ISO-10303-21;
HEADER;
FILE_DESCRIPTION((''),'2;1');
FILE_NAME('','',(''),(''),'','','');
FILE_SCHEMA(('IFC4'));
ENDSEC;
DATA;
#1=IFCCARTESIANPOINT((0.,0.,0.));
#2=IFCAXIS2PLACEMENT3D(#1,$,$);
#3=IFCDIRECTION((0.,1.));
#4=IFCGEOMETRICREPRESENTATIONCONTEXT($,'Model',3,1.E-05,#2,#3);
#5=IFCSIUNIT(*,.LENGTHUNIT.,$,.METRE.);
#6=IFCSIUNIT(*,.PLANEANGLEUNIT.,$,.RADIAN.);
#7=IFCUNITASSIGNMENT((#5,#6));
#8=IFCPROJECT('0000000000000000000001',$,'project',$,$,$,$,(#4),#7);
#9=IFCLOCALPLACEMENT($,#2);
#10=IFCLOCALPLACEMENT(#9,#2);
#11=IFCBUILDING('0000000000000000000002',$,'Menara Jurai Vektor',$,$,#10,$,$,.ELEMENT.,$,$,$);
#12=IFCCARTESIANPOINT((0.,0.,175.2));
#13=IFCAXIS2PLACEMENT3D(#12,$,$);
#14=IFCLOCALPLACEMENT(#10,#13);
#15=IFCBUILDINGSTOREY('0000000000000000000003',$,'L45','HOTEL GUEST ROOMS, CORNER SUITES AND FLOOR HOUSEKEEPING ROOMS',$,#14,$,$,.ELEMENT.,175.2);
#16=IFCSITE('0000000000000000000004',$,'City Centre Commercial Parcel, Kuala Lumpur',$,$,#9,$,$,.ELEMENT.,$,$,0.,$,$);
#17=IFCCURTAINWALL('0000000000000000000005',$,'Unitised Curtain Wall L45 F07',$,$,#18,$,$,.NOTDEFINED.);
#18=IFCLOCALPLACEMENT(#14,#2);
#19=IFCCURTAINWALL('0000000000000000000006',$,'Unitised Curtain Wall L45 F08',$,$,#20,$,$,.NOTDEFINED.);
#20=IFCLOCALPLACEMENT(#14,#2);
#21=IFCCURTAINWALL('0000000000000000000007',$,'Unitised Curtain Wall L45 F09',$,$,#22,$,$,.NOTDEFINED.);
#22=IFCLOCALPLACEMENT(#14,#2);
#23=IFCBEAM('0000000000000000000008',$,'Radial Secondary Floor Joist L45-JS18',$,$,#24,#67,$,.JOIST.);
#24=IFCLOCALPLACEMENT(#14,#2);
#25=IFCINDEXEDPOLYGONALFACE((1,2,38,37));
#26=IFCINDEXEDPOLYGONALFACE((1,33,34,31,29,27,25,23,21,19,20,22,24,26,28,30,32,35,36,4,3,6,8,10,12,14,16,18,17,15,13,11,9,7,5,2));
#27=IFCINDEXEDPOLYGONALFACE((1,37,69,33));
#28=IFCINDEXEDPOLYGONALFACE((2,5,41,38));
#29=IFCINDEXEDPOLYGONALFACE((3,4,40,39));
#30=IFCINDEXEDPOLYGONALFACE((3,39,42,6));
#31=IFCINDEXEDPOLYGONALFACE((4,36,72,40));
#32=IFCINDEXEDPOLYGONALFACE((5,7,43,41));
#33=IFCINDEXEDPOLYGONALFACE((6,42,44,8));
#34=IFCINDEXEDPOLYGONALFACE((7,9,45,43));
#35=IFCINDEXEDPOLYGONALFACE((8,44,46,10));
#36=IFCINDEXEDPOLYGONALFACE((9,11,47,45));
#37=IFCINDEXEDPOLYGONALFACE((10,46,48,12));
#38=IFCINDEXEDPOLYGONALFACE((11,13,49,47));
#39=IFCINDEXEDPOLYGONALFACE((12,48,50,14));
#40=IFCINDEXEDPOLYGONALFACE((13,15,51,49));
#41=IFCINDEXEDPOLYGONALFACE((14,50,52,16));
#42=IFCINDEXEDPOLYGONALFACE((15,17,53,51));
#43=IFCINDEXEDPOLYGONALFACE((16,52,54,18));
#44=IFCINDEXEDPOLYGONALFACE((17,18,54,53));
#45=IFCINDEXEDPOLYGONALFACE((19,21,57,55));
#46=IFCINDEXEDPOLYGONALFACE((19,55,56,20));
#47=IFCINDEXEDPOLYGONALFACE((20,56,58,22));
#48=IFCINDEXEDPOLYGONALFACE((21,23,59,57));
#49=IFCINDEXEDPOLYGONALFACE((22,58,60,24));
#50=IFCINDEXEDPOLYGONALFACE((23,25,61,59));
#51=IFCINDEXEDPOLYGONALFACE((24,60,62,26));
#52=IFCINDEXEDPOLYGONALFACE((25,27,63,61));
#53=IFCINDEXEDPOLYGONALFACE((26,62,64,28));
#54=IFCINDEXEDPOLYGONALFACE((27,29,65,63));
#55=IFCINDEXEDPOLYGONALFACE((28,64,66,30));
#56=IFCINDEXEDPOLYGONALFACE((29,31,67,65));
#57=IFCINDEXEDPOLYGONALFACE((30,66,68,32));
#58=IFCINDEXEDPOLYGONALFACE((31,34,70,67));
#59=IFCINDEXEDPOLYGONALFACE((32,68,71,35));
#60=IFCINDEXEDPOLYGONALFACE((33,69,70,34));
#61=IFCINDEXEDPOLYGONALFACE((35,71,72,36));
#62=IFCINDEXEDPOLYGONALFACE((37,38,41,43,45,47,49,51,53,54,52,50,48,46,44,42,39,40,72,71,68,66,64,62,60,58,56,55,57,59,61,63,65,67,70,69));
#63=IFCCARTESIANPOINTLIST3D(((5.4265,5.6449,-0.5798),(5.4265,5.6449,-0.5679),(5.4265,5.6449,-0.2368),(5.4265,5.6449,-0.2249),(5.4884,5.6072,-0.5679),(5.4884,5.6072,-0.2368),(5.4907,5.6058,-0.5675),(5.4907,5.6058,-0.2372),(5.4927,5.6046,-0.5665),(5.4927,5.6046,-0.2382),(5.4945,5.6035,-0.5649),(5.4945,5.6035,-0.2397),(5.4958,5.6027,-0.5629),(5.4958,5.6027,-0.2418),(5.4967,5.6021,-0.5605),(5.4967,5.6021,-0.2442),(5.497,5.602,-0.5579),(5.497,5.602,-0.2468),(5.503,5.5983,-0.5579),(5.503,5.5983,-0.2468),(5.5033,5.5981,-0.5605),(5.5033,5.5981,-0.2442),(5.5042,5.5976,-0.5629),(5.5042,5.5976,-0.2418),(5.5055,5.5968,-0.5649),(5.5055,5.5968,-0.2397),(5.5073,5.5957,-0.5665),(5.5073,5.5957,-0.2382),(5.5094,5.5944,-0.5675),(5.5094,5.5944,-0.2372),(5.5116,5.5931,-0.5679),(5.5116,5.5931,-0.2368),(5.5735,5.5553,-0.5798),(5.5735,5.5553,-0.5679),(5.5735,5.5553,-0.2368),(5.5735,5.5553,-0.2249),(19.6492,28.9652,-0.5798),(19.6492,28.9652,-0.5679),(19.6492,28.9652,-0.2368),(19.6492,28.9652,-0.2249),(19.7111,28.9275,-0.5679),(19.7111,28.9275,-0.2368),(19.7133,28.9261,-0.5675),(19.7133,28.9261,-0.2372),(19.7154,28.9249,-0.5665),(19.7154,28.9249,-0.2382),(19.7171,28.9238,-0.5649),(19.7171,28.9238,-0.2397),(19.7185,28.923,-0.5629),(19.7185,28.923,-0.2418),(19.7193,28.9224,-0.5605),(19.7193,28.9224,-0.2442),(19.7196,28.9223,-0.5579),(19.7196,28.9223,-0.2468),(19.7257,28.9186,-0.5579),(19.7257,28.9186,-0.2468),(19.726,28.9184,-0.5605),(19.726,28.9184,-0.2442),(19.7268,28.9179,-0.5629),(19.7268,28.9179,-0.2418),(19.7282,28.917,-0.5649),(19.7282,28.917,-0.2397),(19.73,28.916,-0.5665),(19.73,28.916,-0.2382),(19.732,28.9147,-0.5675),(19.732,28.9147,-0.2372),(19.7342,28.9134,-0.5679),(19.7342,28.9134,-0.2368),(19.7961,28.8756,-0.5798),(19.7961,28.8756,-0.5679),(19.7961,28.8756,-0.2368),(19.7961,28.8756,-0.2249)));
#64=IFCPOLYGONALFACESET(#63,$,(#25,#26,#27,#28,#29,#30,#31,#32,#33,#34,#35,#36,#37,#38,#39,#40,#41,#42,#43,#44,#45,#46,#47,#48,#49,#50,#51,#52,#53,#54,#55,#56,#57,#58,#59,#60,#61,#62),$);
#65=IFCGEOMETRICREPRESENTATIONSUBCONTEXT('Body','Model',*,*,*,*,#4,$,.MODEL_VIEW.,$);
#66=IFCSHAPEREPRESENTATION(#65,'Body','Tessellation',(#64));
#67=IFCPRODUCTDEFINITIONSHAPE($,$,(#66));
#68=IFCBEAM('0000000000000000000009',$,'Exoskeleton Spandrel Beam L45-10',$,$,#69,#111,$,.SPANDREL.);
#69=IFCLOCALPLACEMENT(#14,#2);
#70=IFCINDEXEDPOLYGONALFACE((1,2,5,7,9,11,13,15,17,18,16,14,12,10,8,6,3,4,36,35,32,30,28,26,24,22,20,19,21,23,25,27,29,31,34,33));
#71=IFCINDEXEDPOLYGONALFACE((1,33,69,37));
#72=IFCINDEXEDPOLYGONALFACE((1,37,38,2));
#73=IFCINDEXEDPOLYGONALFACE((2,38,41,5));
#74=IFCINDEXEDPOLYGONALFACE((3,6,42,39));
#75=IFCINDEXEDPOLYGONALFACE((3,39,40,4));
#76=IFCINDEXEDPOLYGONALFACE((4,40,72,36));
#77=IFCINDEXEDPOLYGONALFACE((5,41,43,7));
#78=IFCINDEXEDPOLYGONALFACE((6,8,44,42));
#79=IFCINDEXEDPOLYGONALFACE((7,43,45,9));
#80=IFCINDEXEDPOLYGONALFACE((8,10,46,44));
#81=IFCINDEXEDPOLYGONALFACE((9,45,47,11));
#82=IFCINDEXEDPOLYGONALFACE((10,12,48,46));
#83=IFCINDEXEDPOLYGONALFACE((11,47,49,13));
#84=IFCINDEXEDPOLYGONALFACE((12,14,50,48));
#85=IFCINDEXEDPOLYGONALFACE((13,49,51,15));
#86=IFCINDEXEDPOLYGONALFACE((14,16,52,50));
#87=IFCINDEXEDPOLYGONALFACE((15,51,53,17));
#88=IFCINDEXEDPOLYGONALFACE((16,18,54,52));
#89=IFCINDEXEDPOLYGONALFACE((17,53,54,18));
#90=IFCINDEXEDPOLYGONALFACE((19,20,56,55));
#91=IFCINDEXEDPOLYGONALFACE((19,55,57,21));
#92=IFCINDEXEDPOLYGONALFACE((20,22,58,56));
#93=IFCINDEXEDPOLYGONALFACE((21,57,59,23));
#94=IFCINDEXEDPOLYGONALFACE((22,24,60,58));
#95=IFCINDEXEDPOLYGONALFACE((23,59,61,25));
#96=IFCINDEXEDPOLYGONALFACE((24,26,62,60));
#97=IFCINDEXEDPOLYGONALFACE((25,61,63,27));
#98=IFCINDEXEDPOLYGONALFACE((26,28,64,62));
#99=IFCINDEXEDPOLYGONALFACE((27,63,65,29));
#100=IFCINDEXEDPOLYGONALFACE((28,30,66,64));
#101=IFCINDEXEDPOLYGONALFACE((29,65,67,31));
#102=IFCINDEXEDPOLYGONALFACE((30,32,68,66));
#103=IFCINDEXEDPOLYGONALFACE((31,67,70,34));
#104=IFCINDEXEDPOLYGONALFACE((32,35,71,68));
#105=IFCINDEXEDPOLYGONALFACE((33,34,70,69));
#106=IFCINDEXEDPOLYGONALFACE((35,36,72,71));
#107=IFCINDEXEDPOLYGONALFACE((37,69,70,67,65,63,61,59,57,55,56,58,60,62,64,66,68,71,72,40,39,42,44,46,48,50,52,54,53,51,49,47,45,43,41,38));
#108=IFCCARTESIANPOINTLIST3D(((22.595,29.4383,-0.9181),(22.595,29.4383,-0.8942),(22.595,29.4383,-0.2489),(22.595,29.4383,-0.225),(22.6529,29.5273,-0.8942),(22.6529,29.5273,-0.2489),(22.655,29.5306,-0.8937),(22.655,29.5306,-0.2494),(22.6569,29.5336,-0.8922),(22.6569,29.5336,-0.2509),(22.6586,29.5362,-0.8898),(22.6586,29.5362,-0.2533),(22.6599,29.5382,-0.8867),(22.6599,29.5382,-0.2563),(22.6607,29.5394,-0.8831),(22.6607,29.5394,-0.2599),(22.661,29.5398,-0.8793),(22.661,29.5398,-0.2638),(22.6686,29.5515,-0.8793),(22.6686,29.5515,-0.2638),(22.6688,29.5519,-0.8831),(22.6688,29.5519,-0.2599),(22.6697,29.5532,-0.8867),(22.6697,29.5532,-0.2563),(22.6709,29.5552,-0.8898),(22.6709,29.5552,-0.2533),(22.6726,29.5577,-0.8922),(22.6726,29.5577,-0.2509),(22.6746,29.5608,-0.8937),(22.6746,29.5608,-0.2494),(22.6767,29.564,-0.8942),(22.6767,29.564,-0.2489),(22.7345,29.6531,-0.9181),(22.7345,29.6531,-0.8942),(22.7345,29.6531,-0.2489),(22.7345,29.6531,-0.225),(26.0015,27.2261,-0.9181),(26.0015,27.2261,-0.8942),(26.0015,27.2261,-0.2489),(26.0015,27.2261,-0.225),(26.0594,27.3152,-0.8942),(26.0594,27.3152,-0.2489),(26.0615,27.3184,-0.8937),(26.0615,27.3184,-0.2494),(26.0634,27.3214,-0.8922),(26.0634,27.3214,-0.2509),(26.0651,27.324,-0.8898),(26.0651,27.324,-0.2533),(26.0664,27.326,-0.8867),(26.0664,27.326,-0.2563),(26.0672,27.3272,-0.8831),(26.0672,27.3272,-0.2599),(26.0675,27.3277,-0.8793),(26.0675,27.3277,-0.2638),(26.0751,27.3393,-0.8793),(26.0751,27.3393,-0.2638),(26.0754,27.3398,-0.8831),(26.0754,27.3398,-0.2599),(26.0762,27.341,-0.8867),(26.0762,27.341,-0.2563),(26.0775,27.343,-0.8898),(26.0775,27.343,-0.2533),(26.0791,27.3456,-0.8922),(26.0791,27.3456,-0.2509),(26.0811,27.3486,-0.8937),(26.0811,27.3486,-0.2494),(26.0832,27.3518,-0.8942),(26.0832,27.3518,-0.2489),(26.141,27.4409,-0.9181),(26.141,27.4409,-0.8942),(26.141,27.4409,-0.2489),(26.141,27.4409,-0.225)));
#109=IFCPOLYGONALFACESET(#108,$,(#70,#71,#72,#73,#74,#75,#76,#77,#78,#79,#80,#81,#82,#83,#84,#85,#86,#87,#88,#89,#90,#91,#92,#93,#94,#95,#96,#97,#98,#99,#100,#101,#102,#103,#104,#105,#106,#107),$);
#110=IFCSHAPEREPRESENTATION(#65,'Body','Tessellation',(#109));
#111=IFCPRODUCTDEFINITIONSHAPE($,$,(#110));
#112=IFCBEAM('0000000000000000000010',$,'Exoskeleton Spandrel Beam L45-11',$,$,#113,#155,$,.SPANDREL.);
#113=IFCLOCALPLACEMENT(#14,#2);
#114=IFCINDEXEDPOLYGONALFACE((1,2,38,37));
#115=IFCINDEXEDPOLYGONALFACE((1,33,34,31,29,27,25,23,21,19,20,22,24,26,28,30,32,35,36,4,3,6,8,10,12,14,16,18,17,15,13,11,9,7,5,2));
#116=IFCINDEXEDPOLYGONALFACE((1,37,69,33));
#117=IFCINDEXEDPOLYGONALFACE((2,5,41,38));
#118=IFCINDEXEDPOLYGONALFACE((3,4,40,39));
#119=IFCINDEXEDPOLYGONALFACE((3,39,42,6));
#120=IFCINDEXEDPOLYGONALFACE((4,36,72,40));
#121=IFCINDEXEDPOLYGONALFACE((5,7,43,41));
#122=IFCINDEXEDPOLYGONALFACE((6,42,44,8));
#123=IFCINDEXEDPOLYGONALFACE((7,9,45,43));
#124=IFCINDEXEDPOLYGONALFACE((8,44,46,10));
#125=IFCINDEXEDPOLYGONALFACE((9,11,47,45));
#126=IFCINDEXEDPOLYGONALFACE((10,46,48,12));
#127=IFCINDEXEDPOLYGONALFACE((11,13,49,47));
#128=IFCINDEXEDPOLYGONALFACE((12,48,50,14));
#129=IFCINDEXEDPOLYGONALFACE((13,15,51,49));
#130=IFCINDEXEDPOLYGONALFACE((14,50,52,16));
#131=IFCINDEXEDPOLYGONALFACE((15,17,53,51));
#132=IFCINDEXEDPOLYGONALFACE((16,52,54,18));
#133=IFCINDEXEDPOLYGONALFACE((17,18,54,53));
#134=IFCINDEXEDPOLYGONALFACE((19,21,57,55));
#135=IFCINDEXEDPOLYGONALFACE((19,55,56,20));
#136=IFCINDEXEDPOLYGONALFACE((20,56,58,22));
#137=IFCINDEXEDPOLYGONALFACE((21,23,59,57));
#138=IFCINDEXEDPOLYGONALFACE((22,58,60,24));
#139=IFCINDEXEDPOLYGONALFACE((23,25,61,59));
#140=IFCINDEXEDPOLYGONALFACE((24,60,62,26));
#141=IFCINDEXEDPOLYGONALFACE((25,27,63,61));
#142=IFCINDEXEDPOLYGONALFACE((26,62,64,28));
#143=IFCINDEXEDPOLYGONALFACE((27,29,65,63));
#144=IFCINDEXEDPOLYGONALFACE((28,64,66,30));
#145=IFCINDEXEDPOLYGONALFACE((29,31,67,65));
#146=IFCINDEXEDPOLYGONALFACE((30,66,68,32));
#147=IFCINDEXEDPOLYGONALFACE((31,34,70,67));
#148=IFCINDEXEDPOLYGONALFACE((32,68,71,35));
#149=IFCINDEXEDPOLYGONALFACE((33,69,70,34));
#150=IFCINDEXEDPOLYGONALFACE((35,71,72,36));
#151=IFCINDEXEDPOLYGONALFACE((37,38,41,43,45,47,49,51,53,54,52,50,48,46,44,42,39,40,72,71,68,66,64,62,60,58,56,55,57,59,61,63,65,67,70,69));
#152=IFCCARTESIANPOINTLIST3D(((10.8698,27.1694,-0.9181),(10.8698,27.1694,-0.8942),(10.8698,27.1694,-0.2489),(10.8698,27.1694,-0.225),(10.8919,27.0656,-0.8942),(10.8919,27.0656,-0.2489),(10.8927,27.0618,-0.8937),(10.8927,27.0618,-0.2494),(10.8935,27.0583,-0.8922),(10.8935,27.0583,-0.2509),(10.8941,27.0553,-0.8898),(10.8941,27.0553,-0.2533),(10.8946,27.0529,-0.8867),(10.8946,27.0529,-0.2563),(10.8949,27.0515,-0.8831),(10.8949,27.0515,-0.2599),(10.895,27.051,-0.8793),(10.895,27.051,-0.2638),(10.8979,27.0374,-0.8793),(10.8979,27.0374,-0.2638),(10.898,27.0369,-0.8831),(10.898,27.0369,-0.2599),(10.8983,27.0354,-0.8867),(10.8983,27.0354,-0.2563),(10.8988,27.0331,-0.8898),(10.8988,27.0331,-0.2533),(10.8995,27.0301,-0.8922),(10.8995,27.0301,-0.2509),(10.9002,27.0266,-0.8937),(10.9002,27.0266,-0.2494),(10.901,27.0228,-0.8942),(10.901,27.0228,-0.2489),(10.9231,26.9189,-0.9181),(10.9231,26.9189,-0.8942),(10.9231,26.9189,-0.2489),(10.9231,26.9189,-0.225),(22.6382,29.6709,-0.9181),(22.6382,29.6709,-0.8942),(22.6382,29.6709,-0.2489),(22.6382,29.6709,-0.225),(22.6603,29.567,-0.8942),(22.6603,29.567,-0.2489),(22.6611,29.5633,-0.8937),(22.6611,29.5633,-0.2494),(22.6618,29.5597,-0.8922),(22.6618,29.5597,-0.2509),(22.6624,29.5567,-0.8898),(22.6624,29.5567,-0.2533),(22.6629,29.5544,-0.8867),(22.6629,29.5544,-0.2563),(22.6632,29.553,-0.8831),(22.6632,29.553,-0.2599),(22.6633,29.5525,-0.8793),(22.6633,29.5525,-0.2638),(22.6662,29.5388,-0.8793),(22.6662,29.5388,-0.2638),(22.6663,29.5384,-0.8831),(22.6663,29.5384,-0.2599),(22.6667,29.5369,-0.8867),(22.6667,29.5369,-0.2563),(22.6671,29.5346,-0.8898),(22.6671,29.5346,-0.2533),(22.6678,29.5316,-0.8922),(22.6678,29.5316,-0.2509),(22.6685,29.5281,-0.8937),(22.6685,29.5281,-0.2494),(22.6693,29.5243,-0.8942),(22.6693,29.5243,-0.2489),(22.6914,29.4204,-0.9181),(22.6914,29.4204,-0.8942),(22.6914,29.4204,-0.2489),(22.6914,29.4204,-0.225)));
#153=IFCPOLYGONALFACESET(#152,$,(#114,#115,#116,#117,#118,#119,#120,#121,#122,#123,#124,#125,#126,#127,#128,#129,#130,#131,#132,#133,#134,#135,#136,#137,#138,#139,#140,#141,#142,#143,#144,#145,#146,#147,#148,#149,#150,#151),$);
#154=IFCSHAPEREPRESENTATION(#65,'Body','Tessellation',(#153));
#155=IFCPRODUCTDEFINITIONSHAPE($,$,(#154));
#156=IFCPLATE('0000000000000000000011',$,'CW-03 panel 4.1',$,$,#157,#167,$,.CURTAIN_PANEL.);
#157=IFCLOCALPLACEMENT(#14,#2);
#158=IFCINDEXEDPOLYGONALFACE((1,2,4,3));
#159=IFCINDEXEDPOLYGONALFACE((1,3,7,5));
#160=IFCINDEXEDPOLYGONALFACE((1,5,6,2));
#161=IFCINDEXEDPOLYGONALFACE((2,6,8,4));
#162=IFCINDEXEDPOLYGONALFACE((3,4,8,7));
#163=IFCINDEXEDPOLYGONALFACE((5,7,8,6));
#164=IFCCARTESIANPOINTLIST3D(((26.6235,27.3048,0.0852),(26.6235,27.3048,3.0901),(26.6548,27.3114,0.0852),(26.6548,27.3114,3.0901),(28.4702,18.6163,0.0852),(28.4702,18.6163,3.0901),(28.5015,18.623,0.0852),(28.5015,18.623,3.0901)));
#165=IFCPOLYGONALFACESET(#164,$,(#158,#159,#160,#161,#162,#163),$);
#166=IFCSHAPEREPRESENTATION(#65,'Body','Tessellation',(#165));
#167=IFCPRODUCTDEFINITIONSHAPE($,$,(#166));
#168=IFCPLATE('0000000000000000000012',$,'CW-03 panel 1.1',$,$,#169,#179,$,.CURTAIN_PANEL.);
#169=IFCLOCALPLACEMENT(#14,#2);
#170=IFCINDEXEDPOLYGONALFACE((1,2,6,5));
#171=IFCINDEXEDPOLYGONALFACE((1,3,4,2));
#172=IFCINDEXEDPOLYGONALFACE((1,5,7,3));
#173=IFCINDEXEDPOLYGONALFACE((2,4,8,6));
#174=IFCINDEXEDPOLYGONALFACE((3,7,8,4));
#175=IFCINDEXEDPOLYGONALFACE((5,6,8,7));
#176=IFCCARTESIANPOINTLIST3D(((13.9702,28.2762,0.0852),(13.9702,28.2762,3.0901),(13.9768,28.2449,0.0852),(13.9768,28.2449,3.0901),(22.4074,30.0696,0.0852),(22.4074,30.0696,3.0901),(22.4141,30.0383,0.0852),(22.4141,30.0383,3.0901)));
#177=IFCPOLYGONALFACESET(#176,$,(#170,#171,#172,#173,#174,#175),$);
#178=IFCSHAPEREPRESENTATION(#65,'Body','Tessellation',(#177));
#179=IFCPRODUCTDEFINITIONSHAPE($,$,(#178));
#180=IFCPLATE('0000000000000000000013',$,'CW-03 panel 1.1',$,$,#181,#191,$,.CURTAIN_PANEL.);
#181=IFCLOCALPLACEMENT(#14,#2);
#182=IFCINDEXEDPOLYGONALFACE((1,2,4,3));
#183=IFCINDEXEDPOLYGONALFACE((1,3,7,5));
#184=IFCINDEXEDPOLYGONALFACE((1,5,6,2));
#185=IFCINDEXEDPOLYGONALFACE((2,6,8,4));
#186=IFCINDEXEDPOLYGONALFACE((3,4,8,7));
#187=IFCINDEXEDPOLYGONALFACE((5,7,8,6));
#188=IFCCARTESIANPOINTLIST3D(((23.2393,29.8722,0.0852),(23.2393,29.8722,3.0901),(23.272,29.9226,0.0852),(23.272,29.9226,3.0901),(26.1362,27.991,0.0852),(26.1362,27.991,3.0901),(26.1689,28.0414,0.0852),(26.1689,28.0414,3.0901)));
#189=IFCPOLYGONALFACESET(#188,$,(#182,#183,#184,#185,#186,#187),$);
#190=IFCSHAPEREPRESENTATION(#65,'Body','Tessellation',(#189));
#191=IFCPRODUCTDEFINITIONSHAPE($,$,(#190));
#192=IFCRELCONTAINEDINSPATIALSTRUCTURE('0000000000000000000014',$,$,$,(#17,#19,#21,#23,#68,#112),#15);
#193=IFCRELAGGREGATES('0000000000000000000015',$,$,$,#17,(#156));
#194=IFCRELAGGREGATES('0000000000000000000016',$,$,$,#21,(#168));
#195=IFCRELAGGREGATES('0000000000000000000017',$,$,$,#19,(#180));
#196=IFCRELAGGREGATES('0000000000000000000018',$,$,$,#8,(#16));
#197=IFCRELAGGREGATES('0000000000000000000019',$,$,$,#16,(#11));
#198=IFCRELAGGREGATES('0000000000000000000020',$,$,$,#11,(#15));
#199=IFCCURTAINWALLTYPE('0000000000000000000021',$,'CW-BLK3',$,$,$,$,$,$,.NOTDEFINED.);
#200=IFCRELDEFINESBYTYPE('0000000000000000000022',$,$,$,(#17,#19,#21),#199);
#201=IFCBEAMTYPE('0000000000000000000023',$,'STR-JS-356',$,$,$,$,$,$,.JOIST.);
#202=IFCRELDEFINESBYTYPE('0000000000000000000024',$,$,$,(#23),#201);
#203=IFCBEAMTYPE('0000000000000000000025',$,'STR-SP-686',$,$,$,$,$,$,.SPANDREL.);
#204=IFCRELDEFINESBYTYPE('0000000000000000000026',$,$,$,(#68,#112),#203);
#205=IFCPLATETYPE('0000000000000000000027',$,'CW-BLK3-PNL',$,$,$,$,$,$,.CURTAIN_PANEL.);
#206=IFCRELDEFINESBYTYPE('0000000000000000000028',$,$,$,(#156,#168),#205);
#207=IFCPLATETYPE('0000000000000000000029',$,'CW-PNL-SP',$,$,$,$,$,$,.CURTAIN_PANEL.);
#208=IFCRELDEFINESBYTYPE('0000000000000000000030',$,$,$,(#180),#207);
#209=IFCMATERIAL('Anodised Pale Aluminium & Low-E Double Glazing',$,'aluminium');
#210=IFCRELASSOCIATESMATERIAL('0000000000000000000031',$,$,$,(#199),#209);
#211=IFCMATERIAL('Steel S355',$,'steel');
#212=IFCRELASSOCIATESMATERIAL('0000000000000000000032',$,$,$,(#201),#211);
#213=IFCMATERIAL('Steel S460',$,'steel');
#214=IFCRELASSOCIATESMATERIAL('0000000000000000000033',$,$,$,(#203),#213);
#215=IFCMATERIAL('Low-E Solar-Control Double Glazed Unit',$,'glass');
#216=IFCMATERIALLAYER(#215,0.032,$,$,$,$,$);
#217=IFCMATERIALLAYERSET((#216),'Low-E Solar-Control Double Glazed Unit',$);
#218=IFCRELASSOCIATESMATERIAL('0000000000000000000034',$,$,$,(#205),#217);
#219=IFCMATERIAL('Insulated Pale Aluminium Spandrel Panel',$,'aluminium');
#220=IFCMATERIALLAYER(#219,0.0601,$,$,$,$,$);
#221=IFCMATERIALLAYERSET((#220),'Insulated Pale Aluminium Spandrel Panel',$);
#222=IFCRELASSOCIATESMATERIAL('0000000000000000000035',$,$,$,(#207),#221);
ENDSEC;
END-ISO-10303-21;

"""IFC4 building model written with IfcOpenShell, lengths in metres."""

from ifc_helpers import new_model, si_unit, direction, frame, origin, origin_2d, place, context, subcontext, project, spatial, rectangle, i_section, extrude, material, layer, layer_set, material_profile, profile_set, type_object, element, aggregate, save


model = new_model("IFC4")

# Units and contexts
model_context = context("Model", 3, precision=1e-05, world=origin(), true_north=direction((0.0, 1.0)))
body_context = subcontext(model_context, "Body", "Model", "MODEL_VIEW")
ifc_project = project(units=[si_unit("LENGTHUNIT", "METRE"), si_unit("PLANEANGLEUNIT", "RADIAN")], contexts=[model_context])

# Site, building, storey
site_placement = place(None, origin())
site = spatial("IfcSite", under=ifc_project, at=site_placement, Name="City Centre Commercial Parcel, Kuala Lumpur", CompositionType="ELEMENT", RefElevation=0.0)
building_placement = place(site_placement, origin())
building = spatial("IfcBuilding", under=site, at=building_placement, Name="Menara Jurai Vektor", CompositionType="ELEMENT")
storey_placement = place(building_placement, frame((0.0, 0.0, 175.2)))
storey = spatial("IfcBuildingStorey", under=building, at=storey_placement, Name="L45", Description="HOTEL GUEST ROOMS, CORNER SUITES AND FLOOR HOUSEKEEPING ROOMS", CompositionType="ELEMENT", Elevation=175.2)

# Shared definitions
ifc_material_1 = material(Name="Steel S460", Category="steel")

# Curtain walls
ifc_material_2 = material(Name="Anodised Pale Aluminium & Low-E Double Glazing", Category="aluminium")
curtain_wall_type = type_object("IfcCurtainWallType", Name="CW-BLK3", PredefinedType="NOTDEFINED", material=ifc_material_2)
curtain_wall_1_placement = place(storey_placement, origin())
curtain_wall_1 = element("IfcCurtainWall", 1, at=curtain_wall_1_placement, inside=storey, type_object=curtain_wall_type, Name="Unitised Curtain Wall L45 F07", PredefinedType="NOTDEFINED")
curtain_wall_2_placement = place(storey_placement, origin())
curtain_wall_2 = element("IfcCurtainWall", 2, at=curtain_wall_2_placement, inside=storey, type_object=curtain_wall_type, Name="Unitised Curtain Wall L45 F08", PredefinedType="NOTDEFINED")

# Curtain wall
curtain_wall_3_placement = place(storey_placement, origin())
curtain_wall_3 = element("IfcCurtainWall", 3, at=curtain_wall_3_placement, inside=storey, type_object=curtain_wall_type, Name="Unitised Curtain Wall L45 F09", PredefinedType="NOTDEFINED")

# Shared definitions
ifc_material_3 = material(Name="Steel S355", Category="steel")

# Beams
ifc_material_profile_1 = material_profile(ifc_material_3, i_section(OverallWidth=0.1721, OverallDepth=0.355, WebThickness=0.0071, FlangeThickness=0.012, FilletRadius=0.01, at=origin_2d()), Name="UKB 356x171x51")
ifc_profile_set_1 = profile_set([ifc_material_profile_1], Name="Steel S355")
beam_type_1 = type_object("IfcBeamType", Name="STR-JS-356", PredefinedType="JOIST", material=ifc_profile_set_1)
beam_1_placement = place(storey_placement, frame((19.7227, 28.9204, -0.4023), z_axis=(-0.520686, -0.853748, 0.0), x_axis=(0.853748, -0.520686, 0.0)))
element("IfcBeam", 4, at=beam_1_placement, inside=storey, type_object=beam_type_1, Name="Radial Secondary Floor Joist L45-JS18", PredefinedType="JOIST", context=body_context, shape_type="SweptSolid", body=[
    extrude(i_section(OverallWidth=0.1721, OverallDepth=0.355, WebThickness=0.0071, FlangeThickness=0.012, FilletRadius=0.01, at=origin_2d()), origin(), (0.0, 0.0, 1.0), 27.3152),
])
ifc_material_profile_2 = material_profile(ifc_material_1, i_section(OverallWidth=0.2561, OverallDepth=0.6931, WebThickness=0.0139, FlangeThickness=0.0239, FilletRadius=0.0149, at=origin_2d()), Name="UKB 686x254x170")
ifc_profile_set_2 = profile_set([ifc_material_profile_2], Name="Steel S460")
beam_type_2 = type_object("IfcBeamType", Name="STR-SP-686", PredefinedType="SPANDREL", material=ifc_profile_set_2)
beam_2_placement = place(storey_placement, frame((26.0713, 27.3335, -0.5715), z_axis=(-0.838676, 0.544631, 0.0), x_axis=(-0.544631, -0.838676, 0.0)))
element("IfcBeam", 5, at=beam_2_placement, inside=storey, type_object=beam_type_2, Name="Exoskeleton Spandrel Beam L45-10", PredefinedType="SPANDREL", context=body_context, shape_type="SweptSolid", body=[
    extrude(i_section(OverallWidth=0.2561, OverallDepth=0.6931, WebThickness=0.0139, FlangeThickness=0.0239, FilletRadius=0.0149, at=origin_2d()), origin(), (0.0, 0.0, 1.0), 4.0618),
])
beam_3_placement = place(storey_placement, frame((22.6648, 29.5457, -0.5715), z_axis=(-0.978147, -0.207914, 0.0), x_axis=(0.207914, -0.978147, 0.0)))
element("IfcBeam", 6, at=beam_3_placement, inside=storey, type_object=beam_type_2, Name="Exoskeleton Spandrel Beam L45-11", PredefinedType="SPANDREL", context=body_context, shape_type="SweptSolid", body=[
    extrude(i_section(OverallWidth=0.2561, OverallDepth=0.6931, WebThickness=0.0139, FlangeThickness=0.0239, FilletRadius=0.0149, at=origin_2d()), origin(), (0.0, 0.0, 1.0), 12.0312),
])

# Plates
ifc_material_4 = material(Name="Low-E Solar-Control Double Glazed Unit", Category="glass")
ifc_layer_1 = layer(ifc_material_4, 0.032)
ifc_layer_set_1 = layer_set([ifc_layer_1], Name="Low-E Solar-Control Double Glazed Unit")
plate_type_1 = type_object("IfcPlateType", Name="CW-BLK3-PNL", PredefinedType="CURTAIN_PANEL", material=ifc_layer_set_1)
plate_1_placement = place(storey_placement, frame((27.5625, 22.9639, 0.0852), z_axis=(0.0, 0.0, 1.0), x_axis=(-0.20791, 0.978148, 0.0)))
plate_1 = element("IfcPlate", 7, at=plate_1_placement, type_object=plate_type_1, Name="CW-03 panel 4.1", PredefinedType="CURTAIN_PANEL", context=body_context, shape_type="SweptSolid", body=[
    extrude(rectangle(XDim=8.8826, YDim=0.032, at=origin_2d()), origin(), (0.0, 0.0, 1.0), 3.0049),
])
aggregate(curtain_wall_1, [plate_1])
plate_2_placement = place(storey_placement, frame((18.1921, 29.1572, 0.0852), z_axis=(0.0, 0.0, 1.0), x_axis=(-0.978148, -0.207911, 0.0)))
plate_2 = element("IfcPlate", 8, at=plate_2_placement, type_object=plate_type_1, Name="CW-03 panel 1.1", PredefinedType="CURTAIN_PANEL", context=body_context, shape_type="SweptSolid", body=[
    extrude(rectangle(XDim=8.6257, YDim=0.032, at=origin_2d()), origin(), (0.0, 0.0, 1.0), 3.0049),
])
aggregate(curtain_wall_3, [plate_2])
ifc_material_5 = material(Name="Insulated Pale Aluminium Spandrel Panel", Category="aluminium")
ifc_layer_2 = layer(ifc_material_5, 0.0601)
ifc_layer_set_2 = layer_set([ifc_layer_2], Name="Insulated Pale Aluminium Spandrel Panel")
plate_type_2 = type_object("IfcPlateType", Name="CW-PNL-SP", PredefinedType="CURTAIN_PANEL", material=ifc_layer_set_2)
plate_3_placement = place(storey_placement, frame((24.7041, 28.9568, 0.0852), z_axis=(0.0, 0.0, 1.0), x_axis=(-0.838684, 0.544618, 0.0)))
plate_3 = element("IfcPlate", 9, at=plate_3_placement, type_object=plate_type_2, Name="CW-03 panel 1.1", PredefinedType="CURTAIN_PANEL", context=body_context, shape_type="SweptSolid", body=[
    extrude(rectangle(XDim=3.4541, YDim=0.0601, at=origin_2d()), origin(), (0.0, 0.0, 1.0), 3.0049),
])
aggregate(curtain_wall_2, [plate_3])

save(model, "model.ifc")
